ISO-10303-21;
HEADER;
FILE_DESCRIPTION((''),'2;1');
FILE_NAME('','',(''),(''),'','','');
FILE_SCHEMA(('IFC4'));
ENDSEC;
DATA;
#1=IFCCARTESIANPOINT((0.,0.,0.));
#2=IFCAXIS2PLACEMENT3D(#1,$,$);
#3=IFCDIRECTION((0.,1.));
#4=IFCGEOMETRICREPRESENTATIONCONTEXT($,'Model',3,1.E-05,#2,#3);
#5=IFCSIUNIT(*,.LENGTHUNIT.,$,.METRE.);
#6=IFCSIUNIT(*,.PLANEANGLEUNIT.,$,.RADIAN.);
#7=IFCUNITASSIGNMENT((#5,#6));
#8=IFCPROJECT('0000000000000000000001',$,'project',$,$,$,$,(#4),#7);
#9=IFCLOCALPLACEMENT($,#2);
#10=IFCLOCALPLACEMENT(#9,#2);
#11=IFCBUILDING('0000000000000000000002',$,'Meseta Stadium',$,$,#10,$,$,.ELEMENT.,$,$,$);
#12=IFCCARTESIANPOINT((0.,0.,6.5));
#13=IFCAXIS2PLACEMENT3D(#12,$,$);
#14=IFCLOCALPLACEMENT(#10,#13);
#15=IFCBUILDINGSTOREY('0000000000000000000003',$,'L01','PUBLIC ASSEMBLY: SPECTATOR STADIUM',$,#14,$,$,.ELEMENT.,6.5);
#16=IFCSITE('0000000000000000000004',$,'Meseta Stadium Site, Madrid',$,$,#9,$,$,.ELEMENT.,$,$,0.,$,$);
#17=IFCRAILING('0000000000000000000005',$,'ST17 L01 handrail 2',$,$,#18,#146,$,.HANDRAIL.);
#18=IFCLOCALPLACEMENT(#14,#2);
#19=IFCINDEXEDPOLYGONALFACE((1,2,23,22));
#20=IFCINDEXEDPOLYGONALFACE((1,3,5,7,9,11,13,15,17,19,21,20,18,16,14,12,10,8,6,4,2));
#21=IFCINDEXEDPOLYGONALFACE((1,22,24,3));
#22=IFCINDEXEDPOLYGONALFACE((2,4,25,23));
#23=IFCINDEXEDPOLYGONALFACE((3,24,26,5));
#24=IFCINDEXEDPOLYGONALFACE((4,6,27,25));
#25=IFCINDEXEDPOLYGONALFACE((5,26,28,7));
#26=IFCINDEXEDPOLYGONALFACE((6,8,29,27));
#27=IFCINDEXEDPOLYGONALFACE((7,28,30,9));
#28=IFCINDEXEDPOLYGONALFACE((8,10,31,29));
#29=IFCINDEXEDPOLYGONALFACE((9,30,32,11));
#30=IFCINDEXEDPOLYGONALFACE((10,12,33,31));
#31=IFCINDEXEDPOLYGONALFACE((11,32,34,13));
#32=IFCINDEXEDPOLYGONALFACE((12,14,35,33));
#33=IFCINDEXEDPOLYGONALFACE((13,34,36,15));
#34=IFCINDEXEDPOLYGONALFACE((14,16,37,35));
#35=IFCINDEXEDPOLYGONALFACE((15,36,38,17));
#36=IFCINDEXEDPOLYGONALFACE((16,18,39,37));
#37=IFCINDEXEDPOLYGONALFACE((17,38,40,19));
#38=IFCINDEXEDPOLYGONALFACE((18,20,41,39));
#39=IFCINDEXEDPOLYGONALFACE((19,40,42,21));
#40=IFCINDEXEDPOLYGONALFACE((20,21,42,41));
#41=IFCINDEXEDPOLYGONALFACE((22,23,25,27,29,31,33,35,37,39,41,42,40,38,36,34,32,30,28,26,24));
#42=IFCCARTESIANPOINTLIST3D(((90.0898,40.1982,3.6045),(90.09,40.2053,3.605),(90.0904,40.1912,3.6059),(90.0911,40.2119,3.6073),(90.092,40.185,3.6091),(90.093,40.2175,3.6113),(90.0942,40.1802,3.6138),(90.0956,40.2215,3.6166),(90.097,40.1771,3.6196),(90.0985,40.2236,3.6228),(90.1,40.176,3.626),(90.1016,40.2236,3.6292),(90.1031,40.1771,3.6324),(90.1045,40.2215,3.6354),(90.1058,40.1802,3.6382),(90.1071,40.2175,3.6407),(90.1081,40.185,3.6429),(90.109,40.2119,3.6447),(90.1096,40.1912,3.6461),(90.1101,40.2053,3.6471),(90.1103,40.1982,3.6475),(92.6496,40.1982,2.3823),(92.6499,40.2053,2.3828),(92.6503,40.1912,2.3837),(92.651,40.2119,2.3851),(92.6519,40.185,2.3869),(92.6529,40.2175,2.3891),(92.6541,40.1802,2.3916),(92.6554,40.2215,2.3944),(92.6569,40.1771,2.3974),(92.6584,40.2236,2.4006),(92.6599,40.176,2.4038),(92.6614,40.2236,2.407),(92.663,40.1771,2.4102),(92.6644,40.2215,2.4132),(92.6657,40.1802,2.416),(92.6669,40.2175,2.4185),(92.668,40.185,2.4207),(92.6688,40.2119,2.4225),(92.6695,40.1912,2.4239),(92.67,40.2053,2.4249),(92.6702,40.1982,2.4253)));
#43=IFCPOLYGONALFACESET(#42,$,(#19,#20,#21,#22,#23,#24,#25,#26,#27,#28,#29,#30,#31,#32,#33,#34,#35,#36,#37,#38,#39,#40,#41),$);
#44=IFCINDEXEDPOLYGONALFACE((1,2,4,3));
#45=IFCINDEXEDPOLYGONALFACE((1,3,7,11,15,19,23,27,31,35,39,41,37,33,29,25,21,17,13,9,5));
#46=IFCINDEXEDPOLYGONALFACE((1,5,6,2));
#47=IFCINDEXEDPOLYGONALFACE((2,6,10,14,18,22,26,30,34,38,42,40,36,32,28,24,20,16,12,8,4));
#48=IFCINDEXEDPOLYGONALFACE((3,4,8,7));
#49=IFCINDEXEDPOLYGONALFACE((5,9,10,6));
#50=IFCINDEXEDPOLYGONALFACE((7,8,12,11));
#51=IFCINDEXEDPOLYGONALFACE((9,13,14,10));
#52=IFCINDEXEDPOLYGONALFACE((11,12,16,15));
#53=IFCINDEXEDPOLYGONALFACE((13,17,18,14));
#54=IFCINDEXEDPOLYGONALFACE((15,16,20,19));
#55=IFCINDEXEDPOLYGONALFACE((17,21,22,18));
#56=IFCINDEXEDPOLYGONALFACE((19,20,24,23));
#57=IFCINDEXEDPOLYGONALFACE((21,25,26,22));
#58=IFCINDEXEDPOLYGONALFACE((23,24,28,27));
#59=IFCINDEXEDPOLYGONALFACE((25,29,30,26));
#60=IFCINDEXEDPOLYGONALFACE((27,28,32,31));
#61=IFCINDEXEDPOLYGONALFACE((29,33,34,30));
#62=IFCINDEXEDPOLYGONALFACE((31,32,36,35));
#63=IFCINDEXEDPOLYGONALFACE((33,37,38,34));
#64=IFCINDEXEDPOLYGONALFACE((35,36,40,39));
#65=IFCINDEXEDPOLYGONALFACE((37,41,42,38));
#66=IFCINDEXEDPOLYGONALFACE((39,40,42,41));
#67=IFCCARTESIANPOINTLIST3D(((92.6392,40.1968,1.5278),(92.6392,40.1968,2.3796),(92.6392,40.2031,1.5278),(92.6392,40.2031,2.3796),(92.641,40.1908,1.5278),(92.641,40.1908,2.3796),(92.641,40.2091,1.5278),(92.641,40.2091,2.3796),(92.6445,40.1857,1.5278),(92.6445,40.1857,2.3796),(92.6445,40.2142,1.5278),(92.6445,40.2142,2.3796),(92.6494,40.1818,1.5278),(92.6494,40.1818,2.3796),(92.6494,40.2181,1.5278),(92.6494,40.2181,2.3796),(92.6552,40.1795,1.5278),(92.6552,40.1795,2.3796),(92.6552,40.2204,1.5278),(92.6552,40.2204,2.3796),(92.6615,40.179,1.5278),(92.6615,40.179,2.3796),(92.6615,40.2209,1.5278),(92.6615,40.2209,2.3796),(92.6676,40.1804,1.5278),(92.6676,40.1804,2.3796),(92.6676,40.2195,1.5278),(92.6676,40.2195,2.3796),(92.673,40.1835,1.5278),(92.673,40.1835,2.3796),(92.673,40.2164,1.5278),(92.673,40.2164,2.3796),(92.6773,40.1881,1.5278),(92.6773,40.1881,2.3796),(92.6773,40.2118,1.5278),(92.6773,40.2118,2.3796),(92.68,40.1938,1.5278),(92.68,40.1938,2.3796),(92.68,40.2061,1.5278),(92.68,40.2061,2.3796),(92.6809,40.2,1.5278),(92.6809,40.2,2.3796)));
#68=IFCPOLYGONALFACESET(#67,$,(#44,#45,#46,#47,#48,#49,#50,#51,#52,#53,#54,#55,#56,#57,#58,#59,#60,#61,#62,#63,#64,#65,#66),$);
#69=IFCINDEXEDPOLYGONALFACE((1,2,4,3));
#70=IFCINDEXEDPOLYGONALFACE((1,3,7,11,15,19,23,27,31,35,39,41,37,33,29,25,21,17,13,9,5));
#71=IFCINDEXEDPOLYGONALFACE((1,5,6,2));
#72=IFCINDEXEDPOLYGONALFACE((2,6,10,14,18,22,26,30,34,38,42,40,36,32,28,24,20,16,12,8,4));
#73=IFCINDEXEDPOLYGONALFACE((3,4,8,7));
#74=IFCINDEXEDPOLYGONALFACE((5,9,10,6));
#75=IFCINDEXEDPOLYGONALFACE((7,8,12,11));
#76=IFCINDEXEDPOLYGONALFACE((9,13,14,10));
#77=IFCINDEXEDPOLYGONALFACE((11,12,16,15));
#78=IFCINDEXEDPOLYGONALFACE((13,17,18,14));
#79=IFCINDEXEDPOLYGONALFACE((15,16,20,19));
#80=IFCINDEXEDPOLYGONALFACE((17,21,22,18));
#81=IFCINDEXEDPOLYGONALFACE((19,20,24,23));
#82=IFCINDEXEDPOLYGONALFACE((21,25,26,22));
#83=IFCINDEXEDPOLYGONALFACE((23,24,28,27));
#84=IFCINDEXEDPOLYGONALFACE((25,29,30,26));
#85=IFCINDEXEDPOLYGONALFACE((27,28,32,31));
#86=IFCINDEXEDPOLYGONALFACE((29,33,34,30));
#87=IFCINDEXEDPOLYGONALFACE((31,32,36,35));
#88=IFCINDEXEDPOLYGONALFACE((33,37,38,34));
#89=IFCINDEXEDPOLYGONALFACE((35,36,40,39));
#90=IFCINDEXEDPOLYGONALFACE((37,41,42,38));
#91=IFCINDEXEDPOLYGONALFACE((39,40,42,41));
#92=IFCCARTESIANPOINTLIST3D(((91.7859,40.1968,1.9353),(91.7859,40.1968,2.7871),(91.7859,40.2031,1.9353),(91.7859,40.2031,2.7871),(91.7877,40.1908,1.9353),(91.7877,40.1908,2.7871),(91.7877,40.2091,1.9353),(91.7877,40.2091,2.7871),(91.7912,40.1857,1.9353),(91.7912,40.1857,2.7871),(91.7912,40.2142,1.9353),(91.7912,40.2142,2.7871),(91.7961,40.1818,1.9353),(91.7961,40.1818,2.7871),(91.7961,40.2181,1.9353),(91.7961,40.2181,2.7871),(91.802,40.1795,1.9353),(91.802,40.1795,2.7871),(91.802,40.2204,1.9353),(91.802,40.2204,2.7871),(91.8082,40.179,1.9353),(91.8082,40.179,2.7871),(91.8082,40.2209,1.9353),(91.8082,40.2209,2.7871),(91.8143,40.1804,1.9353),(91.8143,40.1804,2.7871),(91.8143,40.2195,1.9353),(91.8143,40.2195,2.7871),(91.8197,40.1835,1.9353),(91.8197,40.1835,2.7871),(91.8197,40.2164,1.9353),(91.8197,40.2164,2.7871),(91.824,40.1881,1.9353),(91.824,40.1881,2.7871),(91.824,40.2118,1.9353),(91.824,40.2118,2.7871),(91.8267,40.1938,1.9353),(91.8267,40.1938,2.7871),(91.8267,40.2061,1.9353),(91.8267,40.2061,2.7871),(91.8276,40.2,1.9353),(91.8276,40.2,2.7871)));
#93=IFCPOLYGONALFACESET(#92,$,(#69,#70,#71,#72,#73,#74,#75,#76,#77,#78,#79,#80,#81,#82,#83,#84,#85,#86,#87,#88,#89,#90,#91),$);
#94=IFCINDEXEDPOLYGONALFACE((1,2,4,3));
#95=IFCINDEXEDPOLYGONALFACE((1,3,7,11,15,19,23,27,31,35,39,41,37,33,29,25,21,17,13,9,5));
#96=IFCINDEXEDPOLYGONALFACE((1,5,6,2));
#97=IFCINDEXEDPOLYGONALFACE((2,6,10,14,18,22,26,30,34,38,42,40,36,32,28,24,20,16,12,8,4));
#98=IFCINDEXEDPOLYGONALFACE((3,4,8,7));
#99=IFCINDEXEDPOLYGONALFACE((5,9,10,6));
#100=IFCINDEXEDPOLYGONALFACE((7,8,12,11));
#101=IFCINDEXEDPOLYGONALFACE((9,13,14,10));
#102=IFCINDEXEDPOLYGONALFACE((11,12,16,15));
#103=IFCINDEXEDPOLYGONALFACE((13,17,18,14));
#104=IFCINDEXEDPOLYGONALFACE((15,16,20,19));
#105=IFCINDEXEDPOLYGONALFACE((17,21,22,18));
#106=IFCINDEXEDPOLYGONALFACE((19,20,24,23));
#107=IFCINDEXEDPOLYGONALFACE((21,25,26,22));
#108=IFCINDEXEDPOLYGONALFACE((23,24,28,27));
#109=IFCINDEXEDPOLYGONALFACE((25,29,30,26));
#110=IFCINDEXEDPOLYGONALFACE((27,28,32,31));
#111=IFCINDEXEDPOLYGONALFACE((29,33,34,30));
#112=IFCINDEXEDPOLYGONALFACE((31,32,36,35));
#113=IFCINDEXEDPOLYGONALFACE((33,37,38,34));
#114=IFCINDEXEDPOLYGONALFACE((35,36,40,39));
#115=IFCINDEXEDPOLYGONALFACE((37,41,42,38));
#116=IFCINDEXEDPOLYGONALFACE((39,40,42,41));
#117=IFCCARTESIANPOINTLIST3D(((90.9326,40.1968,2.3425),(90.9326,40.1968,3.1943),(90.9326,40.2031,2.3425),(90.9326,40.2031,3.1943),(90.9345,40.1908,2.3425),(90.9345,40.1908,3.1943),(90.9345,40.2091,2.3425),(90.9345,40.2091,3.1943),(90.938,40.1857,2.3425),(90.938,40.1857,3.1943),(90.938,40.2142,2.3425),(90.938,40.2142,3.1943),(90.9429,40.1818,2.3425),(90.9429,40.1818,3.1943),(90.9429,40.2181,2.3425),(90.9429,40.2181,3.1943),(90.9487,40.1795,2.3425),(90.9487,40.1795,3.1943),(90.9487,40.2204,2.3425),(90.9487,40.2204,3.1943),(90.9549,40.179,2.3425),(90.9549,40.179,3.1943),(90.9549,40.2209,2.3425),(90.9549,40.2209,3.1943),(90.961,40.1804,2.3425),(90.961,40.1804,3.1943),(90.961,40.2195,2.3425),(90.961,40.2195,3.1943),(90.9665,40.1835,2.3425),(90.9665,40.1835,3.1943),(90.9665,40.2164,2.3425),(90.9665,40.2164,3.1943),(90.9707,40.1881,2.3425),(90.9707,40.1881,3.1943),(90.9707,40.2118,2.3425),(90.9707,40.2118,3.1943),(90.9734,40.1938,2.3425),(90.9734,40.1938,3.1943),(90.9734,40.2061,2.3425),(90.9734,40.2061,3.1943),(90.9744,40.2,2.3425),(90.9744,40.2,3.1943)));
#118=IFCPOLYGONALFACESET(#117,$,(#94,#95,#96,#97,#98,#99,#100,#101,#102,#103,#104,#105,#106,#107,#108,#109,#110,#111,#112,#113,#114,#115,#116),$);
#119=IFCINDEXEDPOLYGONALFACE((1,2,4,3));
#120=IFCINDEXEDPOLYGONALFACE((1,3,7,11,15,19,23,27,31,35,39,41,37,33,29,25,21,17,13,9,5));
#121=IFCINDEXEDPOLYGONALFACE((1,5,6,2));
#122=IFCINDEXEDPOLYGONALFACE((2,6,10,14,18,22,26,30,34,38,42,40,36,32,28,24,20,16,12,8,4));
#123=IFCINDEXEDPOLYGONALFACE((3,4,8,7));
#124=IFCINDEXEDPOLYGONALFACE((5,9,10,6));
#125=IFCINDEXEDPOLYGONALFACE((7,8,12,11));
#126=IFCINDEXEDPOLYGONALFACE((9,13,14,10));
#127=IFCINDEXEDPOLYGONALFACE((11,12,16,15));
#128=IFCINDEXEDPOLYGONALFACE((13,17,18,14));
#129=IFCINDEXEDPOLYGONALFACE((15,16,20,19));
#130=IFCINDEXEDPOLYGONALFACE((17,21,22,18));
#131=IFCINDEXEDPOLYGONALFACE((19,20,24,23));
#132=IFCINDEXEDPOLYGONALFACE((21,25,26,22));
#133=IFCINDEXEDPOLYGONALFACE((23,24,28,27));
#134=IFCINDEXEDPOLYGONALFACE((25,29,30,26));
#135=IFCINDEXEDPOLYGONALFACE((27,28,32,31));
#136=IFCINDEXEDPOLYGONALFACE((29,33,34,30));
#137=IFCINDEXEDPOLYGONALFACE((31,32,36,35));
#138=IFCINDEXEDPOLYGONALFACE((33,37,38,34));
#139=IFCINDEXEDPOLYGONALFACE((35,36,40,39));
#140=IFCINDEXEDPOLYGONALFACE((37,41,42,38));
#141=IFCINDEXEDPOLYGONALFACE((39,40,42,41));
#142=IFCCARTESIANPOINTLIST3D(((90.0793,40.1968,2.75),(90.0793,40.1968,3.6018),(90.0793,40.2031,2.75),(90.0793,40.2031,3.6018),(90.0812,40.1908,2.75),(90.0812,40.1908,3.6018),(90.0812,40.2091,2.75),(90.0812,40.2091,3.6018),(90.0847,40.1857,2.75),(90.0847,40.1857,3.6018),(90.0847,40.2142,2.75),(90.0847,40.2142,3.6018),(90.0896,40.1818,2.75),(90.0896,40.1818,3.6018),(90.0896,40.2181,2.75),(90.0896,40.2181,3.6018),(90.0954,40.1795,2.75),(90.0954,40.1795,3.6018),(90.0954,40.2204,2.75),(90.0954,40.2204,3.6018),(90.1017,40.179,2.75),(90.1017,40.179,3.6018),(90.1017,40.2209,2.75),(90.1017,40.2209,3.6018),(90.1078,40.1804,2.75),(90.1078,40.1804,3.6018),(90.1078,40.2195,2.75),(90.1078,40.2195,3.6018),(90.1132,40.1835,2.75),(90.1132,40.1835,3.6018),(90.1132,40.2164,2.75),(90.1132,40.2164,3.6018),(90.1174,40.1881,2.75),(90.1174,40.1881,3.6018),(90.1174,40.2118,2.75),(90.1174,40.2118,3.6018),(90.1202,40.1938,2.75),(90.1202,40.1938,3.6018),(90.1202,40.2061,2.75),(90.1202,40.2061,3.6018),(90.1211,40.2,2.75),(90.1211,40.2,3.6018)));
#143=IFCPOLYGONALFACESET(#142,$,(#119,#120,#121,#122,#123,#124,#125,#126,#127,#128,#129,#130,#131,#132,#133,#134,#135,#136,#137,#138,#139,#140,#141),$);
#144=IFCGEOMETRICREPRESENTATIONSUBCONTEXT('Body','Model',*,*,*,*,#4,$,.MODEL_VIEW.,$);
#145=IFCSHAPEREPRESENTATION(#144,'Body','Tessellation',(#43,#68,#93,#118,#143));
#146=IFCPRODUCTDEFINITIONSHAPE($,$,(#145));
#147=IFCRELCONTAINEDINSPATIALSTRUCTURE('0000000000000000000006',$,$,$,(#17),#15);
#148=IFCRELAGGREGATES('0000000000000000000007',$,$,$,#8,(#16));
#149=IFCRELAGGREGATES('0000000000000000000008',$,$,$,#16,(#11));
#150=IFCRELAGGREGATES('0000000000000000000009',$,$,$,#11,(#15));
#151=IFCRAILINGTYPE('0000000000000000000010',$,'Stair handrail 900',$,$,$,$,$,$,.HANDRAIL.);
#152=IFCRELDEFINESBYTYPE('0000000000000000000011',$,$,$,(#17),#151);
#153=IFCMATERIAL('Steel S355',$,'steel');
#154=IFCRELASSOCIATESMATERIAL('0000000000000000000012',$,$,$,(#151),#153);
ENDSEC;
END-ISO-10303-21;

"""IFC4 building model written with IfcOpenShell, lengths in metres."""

from ifc_helpers import new_model, si_unit, direction, frame, origin, origin_2d, place, context, subcontext, project, spatial, circle, extrude, material, type_object, element, save


model = new_model("IFC4")

# Units and contexts
model_context = context("Model", 3, precision=1e-05, world=origin(), true_north=direction((0.0, 1.0)))
body_context = subcontext(model_context, "Body", "Model", "MODEL_VIEW")
ifc_project = project(units=[si_unit("LENGTHUNIT", "METRE"), si_unit("PLANEANGLEUNIT", "RADIAN")], contexts=[model_context])

# Site, building, storey
site_placement = place(None, origin())
site = spatial("IfcSite", under=ifc_project, at=site_placement, Name="Meseta Stadium Site, Madrid", CompositionType="ELEMENT", RefElevation=0.0)
building_placement = place(site_placement, origin())
building = spatial("IfcBuilding", under=site, at=building_placement, Name="Meseta Stadium", CompositionType="ELEMENT")
storey_placement = place(building_placement, frame((0.0, 0.0, 6.5)))
storey = spatial("IfcBuildingStorey", under=building, at=storey_placement, Name="L01", Description="PUBLIC ASSEMBLY: SPECTATOR STADIUM", CompositionType="ELEMENT", Elevation=6.5)

# Railing
ifc_material_1 = material(Name="Steel S355", Category="steel")
railing_type_1 = type_object("IfcRailingType", Name="Stair handrail 900", PredefinedType="HANDRAIL", material=ifc_material_1)
railing_1_placement = place(storey_placement, frame((92.6599, 40.2, 1.5278)))
element("IfcRailing", 1, at=railing_1_placement, inside=storey, type_object=railing_type_1, Name="ST17 L01 handrail 2", PredefinedType="HANDRAIL", context=body_context, shape_type="SweptSolid", body=[
    extrude(circle(Radius=0.0239, at=origin_2d()), frame((0.0, 0.0, 0.876), z_axis=(-0.902421, 0.0, 0.430855), x_axis=(0.0, -1.0, 0.0)), (0.0, 0.0, 1.0), 2.8367),
    extrude(circle(Radius=0.021, at=origin_2d()), origin(), (0.0, 0.0, 1.0), 0.8518),
    extrude(circle(Radius=0.021, at=origin_2d()), frame((-0.8533, 0.0, 0.4075)), (0.0, 0.0, 1.0), 0.8518),
    extrude(circle(Radius=0.021, at=origin_2d()), frame((-1.7065, 0.0, 0.8147)), (0.0, 0.0, 1.0), 0.8518),
    extrude(circle(Radius=0.021, at=origin_2d()), frame((-2.5598, 0.0, 1.2222)), (0.0, 0.0, 1.0), 0.8518),
])

save(model, "model.ifc")
